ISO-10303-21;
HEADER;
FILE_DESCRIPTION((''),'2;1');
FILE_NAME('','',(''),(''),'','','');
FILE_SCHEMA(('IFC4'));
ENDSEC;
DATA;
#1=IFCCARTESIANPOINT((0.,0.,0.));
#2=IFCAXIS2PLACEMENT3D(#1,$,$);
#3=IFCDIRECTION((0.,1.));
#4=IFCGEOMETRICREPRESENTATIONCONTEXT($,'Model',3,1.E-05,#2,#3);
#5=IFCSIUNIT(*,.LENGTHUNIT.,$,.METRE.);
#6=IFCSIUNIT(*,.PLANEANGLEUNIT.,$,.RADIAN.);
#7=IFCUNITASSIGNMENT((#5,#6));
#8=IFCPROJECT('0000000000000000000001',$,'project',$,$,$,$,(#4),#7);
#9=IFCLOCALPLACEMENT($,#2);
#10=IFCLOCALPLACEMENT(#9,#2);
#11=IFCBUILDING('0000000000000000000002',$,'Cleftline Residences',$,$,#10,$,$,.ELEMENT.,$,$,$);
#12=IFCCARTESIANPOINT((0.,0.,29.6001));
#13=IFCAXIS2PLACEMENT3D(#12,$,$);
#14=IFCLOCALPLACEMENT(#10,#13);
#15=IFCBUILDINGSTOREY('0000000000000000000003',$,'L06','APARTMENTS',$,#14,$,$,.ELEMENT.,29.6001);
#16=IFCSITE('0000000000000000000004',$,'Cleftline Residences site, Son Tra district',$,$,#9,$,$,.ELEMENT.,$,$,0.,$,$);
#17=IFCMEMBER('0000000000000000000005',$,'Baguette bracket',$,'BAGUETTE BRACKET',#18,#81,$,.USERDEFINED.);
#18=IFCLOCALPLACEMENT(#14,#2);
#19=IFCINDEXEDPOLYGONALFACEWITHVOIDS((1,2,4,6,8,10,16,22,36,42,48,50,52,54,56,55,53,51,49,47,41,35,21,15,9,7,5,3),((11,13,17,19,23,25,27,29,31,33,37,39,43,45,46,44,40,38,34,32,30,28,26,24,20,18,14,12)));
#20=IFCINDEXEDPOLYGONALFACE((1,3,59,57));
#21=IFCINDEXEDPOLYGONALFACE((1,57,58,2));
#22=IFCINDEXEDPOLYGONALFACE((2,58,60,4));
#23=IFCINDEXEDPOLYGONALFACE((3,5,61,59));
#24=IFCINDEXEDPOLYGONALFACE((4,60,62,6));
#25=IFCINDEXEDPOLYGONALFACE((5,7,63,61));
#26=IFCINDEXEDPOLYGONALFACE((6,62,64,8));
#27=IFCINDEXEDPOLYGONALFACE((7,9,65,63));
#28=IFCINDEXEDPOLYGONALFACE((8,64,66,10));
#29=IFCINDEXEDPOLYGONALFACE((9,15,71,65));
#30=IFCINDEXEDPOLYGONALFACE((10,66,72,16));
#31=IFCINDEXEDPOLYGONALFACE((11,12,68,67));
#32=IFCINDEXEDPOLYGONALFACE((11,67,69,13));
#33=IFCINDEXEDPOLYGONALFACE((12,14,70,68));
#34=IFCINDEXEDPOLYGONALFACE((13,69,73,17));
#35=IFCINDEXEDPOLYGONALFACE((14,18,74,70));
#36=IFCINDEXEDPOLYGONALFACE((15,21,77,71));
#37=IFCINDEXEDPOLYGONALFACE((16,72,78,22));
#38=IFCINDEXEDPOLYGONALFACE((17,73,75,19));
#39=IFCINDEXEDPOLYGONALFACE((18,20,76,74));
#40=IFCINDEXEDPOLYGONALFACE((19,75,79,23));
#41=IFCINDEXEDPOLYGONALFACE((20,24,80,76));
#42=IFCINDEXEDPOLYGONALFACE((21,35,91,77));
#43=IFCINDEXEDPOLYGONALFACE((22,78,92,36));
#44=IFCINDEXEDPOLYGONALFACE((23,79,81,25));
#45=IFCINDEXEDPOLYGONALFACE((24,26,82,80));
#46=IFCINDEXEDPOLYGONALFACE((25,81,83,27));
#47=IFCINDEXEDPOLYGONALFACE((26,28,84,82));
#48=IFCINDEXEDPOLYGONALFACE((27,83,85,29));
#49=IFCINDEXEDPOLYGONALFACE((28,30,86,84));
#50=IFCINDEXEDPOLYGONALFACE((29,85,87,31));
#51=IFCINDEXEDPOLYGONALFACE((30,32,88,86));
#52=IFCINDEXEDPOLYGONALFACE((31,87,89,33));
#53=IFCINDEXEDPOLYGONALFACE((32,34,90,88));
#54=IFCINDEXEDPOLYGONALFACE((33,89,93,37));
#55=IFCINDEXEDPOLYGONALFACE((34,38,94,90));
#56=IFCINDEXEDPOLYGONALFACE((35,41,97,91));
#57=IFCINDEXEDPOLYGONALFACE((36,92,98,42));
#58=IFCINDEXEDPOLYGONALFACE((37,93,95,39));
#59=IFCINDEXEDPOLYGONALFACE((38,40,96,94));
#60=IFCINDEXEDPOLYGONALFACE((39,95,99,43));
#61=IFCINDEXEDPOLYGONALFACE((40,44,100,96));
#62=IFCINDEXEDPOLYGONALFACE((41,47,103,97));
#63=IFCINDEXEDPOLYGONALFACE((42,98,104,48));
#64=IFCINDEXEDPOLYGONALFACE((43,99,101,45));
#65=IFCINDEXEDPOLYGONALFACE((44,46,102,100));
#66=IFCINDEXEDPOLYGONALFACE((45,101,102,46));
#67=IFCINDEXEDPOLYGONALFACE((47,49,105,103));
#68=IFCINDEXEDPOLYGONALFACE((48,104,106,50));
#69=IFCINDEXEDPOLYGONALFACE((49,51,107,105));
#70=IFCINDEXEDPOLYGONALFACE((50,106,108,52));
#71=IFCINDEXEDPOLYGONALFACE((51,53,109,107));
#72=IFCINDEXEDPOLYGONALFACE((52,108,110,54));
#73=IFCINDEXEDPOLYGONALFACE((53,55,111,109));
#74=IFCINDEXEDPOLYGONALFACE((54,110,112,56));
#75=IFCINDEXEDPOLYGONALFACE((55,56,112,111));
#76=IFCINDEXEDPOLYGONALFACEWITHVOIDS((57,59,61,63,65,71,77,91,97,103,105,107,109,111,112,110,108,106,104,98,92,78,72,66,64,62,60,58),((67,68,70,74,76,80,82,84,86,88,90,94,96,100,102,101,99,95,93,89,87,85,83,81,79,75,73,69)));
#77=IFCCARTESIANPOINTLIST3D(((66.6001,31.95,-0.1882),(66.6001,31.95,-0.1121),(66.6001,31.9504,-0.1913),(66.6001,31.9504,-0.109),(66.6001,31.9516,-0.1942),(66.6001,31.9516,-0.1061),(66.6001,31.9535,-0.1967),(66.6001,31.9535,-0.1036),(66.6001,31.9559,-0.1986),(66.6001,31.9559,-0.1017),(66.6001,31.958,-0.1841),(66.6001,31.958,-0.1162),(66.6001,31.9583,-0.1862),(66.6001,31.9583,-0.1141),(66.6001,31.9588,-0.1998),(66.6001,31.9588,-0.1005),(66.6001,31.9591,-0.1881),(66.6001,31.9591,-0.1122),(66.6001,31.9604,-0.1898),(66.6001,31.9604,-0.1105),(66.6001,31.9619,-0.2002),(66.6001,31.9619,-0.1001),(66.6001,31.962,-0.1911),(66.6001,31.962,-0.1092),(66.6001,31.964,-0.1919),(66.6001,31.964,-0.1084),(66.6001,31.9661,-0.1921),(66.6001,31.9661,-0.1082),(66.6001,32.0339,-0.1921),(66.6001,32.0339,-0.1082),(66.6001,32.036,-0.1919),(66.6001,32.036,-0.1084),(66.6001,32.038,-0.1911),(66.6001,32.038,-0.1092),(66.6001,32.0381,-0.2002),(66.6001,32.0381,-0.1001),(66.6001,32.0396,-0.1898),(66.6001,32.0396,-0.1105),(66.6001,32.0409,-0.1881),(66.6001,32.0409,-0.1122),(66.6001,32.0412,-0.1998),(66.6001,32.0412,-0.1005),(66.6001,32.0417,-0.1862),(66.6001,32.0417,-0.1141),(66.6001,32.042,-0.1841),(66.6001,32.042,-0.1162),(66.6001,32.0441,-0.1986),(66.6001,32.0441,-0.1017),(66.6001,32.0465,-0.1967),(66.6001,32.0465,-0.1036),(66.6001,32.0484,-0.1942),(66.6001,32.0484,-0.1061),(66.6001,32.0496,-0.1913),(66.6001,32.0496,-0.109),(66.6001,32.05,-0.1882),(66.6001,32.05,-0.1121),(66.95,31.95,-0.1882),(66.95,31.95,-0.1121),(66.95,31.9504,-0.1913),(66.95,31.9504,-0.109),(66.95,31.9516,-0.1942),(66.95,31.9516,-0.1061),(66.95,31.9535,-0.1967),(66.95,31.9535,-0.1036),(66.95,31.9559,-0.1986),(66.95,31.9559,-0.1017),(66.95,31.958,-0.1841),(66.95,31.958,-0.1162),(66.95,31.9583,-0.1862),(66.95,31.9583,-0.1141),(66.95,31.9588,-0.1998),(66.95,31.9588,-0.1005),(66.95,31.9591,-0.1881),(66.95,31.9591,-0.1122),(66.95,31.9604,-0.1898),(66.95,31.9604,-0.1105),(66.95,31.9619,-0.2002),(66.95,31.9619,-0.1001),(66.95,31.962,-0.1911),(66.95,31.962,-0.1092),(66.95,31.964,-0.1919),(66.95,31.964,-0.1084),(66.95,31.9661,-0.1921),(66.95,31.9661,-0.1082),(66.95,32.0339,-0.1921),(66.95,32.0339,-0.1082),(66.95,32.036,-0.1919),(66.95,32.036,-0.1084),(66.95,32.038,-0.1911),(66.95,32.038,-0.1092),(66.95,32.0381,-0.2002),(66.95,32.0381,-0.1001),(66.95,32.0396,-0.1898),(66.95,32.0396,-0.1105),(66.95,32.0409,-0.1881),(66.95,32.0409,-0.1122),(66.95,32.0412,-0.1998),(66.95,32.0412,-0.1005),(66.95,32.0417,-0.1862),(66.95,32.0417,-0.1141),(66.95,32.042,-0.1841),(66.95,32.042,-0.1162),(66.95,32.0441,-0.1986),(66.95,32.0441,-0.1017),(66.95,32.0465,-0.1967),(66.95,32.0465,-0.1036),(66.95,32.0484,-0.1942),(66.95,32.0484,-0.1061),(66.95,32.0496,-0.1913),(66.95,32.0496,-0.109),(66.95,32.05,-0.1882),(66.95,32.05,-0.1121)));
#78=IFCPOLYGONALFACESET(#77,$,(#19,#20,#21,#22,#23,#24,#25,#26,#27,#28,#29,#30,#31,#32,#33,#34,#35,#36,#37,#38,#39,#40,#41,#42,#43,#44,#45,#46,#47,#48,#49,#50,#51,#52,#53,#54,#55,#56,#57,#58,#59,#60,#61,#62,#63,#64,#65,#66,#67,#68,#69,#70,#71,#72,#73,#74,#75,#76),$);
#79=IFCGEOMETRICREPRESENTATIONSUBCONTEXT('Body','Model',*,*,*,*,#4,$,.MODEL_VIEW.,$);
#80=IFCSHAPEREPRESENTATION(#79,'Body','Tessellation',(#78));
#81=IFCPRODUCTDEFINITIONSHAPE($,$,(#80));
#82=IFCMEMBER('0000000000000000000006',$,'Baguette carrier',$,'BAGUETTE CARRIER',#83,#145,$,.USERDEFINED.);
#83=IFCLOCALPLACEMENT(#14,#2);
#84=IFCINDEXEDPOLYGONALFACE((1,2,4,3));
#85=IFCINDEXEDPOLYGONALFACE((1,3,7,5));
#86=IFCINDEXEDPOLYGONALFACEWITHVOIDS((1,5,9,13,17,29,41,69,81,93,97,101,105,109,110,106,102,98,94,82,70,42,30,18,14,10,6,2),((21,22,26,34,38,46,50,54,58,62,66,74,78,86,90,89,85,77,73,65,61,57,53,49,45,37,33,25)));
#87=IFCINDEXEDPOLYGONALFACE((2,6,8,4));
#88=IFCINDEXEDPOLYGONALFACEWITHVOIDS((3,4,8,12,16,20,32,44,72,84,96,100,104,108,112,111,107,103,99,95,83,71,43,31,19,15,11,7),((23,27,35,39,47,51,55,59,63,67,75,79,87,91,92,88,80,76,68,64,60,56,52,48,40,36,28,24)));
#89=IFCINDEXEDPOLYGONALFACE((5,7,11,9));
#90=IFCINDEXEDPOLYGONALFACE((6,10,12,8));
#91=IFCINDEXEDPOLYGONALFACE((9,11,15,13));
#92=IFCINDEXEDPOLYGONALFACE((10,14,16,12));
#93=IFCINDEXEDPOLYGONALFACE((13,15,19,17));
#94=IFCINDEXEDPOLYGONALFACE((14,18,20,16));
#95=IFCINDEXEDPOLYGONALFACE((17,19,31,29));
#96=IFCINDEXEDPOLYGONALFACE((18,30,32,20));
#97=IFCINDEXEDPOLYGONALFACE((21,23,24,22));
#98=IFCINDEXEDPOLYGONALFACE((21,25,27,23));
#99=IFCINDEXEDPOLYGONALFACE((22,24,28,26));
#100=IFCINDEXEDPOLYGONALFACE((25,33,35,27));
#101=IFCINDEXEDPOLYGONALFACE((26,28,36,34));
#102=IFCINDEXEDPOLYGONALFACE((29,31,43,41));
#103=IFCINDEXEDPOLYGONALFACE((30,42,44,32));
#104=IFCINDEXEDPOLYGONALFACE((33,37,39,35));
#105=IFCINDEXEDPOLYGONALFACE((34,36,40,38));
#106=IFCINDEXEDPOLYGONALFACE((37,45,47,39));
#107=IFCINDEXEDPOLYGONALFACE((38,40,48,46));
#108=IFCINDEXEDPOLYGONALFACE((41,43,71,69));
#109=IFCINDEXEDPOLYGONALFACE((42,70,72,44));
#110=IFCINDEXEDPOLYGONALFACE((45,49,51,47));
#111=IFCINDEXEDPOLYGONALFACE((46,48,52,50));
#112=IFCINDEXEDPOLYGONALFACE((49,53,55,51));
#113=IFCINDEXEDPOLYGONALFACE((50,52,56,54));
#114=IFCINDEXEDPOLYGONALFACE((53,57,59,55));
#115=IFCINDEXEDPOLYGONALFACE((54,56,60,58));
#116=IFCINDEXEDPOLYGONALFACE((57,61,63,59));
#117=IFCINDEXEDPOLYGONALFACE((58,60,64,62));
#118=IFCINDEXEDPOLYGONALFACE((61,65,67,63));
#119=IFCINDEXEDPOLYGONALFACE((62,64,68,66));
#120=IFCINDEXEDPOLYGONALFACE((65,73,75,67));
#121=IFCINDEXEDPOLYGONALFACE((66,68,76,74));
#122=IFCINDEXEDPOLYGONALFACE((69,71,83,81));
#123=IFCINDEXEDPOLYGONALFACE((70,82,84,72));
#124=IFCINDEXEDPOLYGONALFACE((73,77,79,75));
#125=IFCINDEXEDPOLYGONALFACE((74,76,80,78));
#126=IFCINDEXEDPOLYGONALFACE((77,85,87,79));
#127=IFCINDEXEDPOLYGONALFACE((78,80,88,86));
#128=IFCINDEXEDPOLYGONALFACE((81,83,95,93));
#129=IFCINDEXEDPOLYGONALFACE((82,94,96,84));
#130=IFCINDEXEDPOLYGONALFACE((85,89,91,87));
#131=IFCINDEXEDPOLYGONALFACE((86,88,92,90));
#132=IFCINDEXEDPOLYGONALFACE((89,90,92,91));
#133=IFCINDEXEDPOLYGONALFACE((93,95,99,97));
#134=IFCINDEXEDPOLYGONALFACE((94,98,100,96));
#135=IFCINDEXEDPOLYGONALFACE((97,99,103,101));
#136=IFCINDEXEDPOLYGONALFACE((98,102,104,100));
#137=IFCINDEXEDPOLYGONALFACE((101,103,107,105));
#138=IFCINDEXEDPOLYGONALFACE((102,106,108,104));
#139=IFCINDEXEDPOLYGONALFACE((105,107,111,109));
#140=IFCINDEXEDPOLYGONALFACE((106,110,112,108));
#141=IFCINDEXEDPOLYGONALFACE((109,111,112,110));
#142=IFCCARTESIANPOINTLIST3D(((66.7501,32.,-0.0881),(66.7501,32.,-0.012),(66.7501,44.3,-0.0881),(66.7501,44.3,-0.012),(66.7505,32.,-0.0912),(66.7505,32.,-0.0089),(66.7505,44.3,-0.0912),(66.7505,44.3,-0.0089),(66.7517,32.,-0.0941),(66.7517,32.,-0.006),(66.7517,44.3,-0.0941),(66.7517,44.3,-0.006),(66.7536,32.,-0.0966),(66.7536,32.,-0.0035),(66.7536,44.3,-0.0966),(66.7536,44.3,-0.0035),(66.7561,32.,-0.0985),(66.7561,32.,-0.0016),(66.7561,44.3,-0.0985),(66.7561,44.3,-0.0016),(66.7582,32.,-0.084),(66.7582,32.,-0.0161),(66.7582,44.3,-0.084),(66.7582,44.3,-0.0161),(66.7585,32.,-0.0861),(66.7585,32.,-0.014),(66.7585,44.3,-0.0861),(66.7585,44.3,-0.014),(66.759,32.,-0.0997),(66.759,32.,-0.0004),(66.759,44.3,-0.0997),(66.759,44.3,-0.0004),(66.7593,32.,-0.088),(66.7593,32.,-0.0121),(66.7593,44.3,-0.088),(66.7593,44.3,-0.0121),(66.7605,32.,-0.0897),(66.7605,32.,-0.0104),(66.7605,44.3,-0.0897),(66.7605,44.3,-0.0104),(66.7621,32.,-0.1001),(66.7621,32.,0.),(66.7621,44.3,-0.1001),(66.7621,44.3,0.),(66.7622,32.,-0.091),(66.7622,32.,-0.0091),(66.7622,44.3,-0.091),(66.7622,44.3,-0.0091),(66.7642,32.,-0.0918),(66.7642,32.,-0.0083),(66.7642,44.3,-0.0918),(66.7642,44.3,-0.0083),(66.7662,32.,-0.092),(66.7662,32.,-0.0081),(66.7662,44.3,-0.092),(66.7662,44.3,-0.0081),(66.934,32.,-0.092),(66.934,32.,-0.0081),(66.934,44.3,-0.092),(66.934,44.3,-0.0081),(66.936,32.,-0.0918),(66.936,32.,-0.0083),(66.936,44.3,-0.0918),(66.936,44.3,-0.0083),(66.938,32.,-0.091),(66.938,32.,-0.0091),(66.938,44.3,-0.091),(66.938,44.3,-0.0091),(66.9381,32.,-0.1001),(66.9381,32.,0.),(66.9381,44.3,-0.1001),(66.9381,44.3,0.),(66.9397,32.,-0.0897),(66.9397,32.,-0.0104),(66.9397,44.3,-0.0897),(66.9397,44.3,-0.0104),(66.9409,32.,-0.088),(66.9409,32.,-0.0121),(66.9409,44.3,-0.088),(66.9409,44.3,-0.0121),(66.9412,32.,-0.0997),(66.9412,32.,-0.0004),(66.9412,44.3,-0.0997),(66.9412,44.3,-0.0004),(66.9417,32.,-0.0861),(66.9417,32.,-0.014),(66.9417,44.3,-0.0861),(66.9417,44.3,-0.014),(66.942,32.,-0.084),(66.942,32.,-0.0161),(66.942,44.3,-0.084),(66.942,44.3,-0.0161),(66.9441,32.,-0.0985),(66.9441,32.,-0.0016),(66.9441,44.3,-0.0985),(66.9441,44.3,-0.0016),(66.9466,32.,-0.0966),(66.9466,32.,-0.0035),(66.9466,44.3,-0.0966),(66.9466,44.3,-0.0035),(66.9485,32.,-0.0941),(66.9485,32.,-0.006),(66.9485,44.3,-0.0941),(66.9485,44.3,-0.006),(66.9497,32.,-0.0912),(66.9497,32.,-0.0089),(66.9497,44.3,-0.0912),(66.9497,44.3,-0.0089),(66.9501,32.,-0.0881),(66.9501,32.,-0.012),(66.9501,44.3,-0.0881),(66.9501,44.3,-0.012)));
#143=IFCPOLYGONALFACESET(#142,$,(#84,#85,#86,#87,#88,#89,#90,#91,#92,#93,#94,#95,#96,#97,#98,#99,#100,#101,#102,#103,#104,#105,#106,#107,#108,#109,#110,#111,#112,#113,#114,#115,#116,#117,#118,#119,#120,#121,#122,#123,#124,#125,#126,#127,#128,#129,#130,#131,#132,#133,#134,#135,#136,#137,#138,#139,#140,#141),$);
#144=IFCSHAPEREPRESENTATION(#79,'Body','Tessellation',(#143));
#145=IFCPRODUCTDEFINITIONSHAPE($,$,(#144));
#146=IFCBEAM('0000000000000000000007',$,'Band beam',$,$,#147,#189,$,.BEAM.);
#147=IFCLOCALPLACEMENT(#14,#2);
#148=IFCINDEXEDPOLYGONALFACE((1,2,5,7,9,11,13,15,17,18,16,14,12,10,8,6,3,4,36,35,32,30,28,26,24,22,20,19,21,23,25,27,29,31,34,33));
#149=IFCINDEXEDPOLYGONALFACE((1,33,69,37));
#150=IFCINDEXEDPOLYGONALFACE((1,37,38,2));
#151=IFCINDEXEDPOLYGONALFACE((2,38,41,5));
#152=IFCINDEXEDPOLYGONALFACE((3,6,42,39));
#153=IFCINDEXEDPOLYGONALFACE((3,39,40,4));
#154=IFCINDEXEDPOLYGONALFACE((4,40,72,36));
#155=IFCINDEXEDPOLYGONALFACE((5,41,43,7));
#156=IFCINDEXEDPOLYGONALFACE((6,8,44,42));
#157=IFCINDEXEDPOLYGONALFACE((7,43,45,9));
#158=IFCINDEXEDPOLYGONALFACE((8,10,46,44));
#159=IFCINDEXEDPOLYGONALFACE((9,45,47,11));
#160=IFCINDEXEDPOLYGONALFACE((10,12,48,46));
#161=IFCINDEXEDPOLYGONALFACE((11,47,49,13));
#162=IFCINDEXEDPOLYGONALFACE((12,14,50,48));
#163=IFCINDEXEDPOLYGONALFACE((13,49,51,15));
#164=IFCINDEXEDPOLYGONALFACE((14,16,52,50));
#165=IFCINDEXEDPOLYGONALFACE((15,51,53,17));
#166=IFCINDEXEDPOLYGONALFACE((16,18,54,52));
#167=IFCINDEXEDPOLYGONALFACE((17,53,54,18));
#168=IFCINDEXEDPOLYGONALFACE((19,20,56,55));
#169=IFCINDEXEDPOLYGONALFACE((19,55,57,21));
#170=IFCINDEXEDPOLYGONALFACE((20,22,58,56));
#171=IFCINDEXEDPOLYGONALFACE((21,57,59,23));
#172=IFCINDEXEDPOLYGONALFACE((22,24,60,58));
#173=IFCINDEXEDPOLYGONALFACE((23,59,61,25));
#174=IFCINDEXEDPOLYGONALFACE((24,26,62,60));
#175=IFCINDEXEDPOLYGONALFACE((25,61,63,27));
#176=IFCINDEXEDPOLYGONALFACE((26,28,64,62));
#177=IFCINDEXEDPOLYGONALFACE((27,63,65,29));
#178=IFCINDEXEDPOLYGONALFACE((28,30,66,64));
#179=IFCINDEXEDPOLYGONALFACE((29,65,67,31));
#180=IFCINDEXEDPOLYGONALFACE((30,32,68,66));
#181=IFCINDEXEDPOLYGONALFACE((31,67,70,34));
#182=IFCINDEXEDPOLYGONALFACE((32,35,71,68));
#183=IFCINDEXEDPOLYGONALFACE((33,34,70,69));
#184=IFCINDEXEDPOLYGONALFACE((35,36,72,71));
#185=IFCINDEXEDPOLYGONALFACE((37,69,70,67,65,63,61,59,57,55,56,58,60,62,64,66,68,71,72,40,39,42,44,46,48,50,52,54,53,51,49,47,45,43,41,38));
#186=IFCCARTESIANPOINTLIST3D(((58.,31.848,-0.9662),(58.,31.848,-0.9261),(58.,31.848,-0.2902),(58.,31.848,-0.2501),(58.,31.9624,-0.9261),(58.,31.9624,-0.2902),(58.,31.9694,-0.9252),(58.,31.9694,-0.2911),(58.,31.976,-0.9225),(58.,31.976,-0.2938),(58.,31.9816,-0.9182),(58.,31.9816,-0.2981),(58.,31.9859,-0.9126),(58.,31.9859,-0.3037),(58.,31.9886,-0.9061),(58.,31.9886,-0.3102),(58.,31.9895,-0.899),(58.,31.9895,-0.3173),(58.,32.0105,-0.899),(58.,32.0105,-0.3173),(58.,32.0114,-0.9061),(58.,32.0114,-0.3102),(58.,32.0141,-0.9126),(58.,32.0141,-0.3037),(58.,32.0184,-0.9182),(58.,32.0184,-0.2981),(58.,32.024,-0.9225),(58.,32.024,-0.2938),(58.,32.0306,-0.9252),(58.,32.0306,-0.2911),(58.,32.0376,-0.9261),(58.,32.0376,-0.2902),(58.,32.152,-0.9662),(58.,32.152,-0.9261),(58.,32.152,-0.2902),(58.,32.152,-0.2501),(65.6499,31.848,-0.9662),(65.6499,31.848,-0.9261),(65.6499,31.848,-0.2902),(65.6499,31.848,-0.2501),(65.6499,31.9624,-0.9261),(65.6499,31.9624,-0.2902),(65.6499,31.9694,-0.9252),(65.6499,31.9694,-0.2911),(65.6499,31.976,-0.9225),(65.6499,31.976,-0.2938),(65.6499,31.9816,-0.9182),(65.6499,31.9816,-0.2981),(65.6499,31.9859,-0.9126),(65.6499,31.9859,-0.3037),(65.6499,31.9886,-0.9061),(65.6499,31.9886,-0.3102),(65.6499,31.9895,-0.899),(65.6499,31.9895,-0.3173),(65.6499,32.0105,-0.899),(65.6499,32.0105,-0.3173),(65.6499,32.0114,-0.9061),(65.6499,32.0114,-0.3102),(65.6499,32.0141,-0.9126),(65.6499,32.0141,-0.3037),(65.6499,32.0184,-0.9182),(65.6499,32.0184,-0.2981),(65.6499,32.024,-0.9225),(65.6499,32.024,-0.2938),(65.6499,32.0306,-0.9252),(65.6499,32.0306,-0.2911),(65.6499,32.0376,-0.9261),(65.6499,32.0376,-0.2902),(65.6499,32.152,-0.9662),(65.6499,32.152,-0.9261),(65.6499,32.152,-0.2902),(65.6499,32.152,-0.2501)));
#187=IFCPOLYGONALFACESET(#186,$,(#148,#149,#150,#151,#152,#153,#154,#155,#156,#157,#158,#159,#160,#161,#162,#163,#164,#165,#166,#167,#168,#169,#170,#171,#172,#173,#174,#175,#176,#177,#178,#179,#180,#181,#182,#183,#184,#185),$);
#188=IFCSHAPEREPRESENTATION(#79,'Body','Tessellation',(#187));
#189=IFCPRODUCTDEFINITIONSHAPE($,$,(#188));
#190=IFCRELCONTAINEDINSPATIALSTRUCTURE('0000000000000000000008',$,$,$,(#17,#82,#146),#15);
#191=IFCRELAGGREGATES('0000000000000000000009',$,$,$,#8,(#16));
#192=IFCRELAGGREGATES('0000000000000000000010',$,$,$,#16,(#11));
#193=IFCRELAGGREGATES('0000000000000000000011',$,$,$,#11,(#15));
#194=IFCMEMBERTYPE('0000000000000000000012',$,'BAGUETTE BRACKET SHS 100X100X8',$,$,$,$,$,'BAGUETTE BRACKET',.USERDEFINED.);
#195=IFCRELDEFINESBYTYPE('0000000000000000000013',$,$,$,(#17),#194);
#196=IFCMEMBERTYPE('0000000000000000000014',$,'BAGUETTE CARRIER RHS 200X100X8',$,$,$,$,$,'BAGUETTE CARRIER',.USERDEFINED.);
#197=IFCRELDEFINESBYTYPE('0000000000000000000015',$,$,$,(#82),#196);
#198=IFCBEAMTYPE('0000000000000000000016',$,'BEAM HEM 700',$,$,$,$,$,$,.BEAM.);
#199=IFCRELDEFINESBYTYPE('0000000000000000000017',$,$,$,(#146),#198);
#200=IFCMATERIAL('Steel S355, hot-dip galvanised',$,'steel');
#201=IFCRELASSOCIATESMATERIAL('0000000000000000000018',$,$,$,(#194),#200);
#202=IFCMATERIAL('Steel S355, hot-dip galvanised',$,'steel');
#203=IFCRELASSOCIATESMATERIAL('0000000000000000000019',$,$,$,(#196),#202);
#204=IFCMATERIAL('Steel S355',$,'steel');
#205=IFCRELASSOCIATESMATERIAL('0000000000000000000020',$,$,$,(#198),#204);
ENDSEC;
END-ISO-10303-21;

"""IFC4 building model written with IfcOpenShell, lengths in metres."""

from ifc_helpers import new_model, si_unit, direction, frame, origin, origin_2d, place, context, subcontext, project, spatial, hollow_rectangle, i_section, extrude, material, material_profile, profile_set, type_object, element, save


model = new_model("IFC4")

# Units and contexts
model_context = context("Model", 3, precision=1e-05, world=origin(), true_north=direction((0.0, 1.0)))
body_context = subcontext(model_context, "Body", "Model", "MODEL_VIEW")
ifc_project = project(units=[si_unit("LENGTHUNIT", "METRE"), si_unit("PLANEANGLEUNIT", "RADIAN")], contexts=[model_context])

# Site, building, storey
site_placement = place(None, origin())
site = spatial("IfcSite", under=ifc_project, at=site_placement, Name="Cleftline Residences site, Son Tra district", CompositionType="ELEMENT", RefElevation=0.0)
building_placement = place(site_placement, origin())
building = spatial("IfcBuilding", under=site, at=building_placement, Name="Cleftline Residences", CompositionType="ELEMENT")
storey_placement = place(building_placement, frame((0.0, 0.0, 29.6001)))
storey = spatial("IfcBuildingStorey", under=building, at=storey_placement, Name="L06", Description="APARTMENTS", CompositionType="ELEMENT", Elevation=29.6001)

# Members
ifc_material_1 = material(Name="Steel S355, hot-dip galvanised", Category="steel")
ifc_material_profile_1 = material_profile(ifc_material_1, hollow_rectangle(XDim=0.1001, YDim=0.1001, WallThickness=0.0081, InnerFilletRadius=0.0081, OuterFilletRadius=0.012, at=origin_2d()))
ifc_profile_set_1 = profile_set([ifc_material_profile_1], Name="Steel S355, hot-dip galvanised")
member_type_1 = type_object("IfcMemberType", Name="BAGUETTE BRACKET SHS 100X100X8", ElementType="BAGUETTE BRACKET", PredefinedType="USERDEFINED", material=ifc_profile_set_1)
member_1_placement = place(storey_placement, frame((66.6001, 32.0, -0.1501), z_axis=(1.0, 0.0, 0.0), x_axis=(0.0, 1.0, 0.0)))
element("IfcMember", 1, at=member_1_placement, inside=storey, type_object=member_type_1, Name="Baguette bracket", ObjectType="BAGUETTE BRACKET", PredefinedType="USERDEFINED", context=body_context, shape_type="SweptSolid", body=[
    extrude(hollow_rectangle(XDim=0.1001, YDim=0.1001, WallThickness=0.0081, InnerFilletRadius=0.0081, OuterFilletRadius=0.012, at=origin_2d()), origin(), (0.0, 0.0, 1.0), 0.3499),
])
ifc_material_2 = material(Name="Steel S355, hot-dip galvanised", Category="steel")
ifc_material_profile_2 = material_profile(ifc_material_2, hollow_rectangle(XDim=0.1001, YDim=0.2, WallThickness=0.0081, InnerFilletRadius=0.0081, OuterFilletRadius=0.012, at=origin_2d()))
ifc_profile_set_2 = profile_set([ifc_material_profile_2], Name="Steel S355, hot-dip galvanised")
member_type_2 = type_object("IfcMemberType", Name="BAGUETTE CARRIER RHS 200X100X8", ElementType="BAGUETTE CARRIER", PredefinedType="USERDEFINED", material=ifc_profile_set_2)
member_2_placement = place(storey_placement, frame((66.8501, 32.0, -0.05), z_axis=(0.0, 1.0, 0.0), x_axis=(0.0, 0.0, 1.0)))
element("IfcMember", 2, at=member_2_placement, inside=storey, type_object=member_type_2, Name="Baguette carrier", ObjectType="BAGUETTE CARRIER", PredefinedType="USERDEFINED", context=body_context, shape_type="SweptSolid", body=[
    extrude(hollow_rectangle(XDim=0.1001, YDim=0.2, WallThickness=0.0081, InnerFilletRadius=0.0081, OuterFilletRadius=0.012, at=origin_2d()), origin(), (0.0, 0.0, 1.0), 12.3),
])

# Beam
ifc_material_3 = material(Name="Steel S355", Category="steel")
ifc_material_profile_3 = material_profile(ifc_material_3, i_section(OverallWidth=0.304, OverallDepth=0.7161, WebThickness=0.021, FlangeThickness=0.04, FilletRadius=0.0271, at=origin_2d()))
ifc_profile_set_3 = profile_set([ifc_material_profile_3], Name="Steel S355")
beam_type = type_object("IfcBeamType", Name="BEAM HEM 700", PredefinedType="BEAM", material=ifc_profile_set_3)
beam_placement = place(storey_placement, frame((65.6499, 32.0, -0.6082), z_axis=(-1.0, 0.0, 0.0), x_axis=(0.0, -1.0, 0.0)))
element("IfcBeam", 3, at=beam_placement, inside=storey, type_object=beam_type, Name="Band beam", PredefinedType="BEAM", context=body_context, shape_type="SweptSolid", body=[
    extrude(i_section(OverallWidth=0.304, OverallDepth=0.7161, WebThickness=0.021, FlangeThickness=0.04, FilletRadius=0.0271, at=origin_2d()), origin(), (0.0, 0.0, 1.0), 7.6499),
])

save(model, "model.ifc")
